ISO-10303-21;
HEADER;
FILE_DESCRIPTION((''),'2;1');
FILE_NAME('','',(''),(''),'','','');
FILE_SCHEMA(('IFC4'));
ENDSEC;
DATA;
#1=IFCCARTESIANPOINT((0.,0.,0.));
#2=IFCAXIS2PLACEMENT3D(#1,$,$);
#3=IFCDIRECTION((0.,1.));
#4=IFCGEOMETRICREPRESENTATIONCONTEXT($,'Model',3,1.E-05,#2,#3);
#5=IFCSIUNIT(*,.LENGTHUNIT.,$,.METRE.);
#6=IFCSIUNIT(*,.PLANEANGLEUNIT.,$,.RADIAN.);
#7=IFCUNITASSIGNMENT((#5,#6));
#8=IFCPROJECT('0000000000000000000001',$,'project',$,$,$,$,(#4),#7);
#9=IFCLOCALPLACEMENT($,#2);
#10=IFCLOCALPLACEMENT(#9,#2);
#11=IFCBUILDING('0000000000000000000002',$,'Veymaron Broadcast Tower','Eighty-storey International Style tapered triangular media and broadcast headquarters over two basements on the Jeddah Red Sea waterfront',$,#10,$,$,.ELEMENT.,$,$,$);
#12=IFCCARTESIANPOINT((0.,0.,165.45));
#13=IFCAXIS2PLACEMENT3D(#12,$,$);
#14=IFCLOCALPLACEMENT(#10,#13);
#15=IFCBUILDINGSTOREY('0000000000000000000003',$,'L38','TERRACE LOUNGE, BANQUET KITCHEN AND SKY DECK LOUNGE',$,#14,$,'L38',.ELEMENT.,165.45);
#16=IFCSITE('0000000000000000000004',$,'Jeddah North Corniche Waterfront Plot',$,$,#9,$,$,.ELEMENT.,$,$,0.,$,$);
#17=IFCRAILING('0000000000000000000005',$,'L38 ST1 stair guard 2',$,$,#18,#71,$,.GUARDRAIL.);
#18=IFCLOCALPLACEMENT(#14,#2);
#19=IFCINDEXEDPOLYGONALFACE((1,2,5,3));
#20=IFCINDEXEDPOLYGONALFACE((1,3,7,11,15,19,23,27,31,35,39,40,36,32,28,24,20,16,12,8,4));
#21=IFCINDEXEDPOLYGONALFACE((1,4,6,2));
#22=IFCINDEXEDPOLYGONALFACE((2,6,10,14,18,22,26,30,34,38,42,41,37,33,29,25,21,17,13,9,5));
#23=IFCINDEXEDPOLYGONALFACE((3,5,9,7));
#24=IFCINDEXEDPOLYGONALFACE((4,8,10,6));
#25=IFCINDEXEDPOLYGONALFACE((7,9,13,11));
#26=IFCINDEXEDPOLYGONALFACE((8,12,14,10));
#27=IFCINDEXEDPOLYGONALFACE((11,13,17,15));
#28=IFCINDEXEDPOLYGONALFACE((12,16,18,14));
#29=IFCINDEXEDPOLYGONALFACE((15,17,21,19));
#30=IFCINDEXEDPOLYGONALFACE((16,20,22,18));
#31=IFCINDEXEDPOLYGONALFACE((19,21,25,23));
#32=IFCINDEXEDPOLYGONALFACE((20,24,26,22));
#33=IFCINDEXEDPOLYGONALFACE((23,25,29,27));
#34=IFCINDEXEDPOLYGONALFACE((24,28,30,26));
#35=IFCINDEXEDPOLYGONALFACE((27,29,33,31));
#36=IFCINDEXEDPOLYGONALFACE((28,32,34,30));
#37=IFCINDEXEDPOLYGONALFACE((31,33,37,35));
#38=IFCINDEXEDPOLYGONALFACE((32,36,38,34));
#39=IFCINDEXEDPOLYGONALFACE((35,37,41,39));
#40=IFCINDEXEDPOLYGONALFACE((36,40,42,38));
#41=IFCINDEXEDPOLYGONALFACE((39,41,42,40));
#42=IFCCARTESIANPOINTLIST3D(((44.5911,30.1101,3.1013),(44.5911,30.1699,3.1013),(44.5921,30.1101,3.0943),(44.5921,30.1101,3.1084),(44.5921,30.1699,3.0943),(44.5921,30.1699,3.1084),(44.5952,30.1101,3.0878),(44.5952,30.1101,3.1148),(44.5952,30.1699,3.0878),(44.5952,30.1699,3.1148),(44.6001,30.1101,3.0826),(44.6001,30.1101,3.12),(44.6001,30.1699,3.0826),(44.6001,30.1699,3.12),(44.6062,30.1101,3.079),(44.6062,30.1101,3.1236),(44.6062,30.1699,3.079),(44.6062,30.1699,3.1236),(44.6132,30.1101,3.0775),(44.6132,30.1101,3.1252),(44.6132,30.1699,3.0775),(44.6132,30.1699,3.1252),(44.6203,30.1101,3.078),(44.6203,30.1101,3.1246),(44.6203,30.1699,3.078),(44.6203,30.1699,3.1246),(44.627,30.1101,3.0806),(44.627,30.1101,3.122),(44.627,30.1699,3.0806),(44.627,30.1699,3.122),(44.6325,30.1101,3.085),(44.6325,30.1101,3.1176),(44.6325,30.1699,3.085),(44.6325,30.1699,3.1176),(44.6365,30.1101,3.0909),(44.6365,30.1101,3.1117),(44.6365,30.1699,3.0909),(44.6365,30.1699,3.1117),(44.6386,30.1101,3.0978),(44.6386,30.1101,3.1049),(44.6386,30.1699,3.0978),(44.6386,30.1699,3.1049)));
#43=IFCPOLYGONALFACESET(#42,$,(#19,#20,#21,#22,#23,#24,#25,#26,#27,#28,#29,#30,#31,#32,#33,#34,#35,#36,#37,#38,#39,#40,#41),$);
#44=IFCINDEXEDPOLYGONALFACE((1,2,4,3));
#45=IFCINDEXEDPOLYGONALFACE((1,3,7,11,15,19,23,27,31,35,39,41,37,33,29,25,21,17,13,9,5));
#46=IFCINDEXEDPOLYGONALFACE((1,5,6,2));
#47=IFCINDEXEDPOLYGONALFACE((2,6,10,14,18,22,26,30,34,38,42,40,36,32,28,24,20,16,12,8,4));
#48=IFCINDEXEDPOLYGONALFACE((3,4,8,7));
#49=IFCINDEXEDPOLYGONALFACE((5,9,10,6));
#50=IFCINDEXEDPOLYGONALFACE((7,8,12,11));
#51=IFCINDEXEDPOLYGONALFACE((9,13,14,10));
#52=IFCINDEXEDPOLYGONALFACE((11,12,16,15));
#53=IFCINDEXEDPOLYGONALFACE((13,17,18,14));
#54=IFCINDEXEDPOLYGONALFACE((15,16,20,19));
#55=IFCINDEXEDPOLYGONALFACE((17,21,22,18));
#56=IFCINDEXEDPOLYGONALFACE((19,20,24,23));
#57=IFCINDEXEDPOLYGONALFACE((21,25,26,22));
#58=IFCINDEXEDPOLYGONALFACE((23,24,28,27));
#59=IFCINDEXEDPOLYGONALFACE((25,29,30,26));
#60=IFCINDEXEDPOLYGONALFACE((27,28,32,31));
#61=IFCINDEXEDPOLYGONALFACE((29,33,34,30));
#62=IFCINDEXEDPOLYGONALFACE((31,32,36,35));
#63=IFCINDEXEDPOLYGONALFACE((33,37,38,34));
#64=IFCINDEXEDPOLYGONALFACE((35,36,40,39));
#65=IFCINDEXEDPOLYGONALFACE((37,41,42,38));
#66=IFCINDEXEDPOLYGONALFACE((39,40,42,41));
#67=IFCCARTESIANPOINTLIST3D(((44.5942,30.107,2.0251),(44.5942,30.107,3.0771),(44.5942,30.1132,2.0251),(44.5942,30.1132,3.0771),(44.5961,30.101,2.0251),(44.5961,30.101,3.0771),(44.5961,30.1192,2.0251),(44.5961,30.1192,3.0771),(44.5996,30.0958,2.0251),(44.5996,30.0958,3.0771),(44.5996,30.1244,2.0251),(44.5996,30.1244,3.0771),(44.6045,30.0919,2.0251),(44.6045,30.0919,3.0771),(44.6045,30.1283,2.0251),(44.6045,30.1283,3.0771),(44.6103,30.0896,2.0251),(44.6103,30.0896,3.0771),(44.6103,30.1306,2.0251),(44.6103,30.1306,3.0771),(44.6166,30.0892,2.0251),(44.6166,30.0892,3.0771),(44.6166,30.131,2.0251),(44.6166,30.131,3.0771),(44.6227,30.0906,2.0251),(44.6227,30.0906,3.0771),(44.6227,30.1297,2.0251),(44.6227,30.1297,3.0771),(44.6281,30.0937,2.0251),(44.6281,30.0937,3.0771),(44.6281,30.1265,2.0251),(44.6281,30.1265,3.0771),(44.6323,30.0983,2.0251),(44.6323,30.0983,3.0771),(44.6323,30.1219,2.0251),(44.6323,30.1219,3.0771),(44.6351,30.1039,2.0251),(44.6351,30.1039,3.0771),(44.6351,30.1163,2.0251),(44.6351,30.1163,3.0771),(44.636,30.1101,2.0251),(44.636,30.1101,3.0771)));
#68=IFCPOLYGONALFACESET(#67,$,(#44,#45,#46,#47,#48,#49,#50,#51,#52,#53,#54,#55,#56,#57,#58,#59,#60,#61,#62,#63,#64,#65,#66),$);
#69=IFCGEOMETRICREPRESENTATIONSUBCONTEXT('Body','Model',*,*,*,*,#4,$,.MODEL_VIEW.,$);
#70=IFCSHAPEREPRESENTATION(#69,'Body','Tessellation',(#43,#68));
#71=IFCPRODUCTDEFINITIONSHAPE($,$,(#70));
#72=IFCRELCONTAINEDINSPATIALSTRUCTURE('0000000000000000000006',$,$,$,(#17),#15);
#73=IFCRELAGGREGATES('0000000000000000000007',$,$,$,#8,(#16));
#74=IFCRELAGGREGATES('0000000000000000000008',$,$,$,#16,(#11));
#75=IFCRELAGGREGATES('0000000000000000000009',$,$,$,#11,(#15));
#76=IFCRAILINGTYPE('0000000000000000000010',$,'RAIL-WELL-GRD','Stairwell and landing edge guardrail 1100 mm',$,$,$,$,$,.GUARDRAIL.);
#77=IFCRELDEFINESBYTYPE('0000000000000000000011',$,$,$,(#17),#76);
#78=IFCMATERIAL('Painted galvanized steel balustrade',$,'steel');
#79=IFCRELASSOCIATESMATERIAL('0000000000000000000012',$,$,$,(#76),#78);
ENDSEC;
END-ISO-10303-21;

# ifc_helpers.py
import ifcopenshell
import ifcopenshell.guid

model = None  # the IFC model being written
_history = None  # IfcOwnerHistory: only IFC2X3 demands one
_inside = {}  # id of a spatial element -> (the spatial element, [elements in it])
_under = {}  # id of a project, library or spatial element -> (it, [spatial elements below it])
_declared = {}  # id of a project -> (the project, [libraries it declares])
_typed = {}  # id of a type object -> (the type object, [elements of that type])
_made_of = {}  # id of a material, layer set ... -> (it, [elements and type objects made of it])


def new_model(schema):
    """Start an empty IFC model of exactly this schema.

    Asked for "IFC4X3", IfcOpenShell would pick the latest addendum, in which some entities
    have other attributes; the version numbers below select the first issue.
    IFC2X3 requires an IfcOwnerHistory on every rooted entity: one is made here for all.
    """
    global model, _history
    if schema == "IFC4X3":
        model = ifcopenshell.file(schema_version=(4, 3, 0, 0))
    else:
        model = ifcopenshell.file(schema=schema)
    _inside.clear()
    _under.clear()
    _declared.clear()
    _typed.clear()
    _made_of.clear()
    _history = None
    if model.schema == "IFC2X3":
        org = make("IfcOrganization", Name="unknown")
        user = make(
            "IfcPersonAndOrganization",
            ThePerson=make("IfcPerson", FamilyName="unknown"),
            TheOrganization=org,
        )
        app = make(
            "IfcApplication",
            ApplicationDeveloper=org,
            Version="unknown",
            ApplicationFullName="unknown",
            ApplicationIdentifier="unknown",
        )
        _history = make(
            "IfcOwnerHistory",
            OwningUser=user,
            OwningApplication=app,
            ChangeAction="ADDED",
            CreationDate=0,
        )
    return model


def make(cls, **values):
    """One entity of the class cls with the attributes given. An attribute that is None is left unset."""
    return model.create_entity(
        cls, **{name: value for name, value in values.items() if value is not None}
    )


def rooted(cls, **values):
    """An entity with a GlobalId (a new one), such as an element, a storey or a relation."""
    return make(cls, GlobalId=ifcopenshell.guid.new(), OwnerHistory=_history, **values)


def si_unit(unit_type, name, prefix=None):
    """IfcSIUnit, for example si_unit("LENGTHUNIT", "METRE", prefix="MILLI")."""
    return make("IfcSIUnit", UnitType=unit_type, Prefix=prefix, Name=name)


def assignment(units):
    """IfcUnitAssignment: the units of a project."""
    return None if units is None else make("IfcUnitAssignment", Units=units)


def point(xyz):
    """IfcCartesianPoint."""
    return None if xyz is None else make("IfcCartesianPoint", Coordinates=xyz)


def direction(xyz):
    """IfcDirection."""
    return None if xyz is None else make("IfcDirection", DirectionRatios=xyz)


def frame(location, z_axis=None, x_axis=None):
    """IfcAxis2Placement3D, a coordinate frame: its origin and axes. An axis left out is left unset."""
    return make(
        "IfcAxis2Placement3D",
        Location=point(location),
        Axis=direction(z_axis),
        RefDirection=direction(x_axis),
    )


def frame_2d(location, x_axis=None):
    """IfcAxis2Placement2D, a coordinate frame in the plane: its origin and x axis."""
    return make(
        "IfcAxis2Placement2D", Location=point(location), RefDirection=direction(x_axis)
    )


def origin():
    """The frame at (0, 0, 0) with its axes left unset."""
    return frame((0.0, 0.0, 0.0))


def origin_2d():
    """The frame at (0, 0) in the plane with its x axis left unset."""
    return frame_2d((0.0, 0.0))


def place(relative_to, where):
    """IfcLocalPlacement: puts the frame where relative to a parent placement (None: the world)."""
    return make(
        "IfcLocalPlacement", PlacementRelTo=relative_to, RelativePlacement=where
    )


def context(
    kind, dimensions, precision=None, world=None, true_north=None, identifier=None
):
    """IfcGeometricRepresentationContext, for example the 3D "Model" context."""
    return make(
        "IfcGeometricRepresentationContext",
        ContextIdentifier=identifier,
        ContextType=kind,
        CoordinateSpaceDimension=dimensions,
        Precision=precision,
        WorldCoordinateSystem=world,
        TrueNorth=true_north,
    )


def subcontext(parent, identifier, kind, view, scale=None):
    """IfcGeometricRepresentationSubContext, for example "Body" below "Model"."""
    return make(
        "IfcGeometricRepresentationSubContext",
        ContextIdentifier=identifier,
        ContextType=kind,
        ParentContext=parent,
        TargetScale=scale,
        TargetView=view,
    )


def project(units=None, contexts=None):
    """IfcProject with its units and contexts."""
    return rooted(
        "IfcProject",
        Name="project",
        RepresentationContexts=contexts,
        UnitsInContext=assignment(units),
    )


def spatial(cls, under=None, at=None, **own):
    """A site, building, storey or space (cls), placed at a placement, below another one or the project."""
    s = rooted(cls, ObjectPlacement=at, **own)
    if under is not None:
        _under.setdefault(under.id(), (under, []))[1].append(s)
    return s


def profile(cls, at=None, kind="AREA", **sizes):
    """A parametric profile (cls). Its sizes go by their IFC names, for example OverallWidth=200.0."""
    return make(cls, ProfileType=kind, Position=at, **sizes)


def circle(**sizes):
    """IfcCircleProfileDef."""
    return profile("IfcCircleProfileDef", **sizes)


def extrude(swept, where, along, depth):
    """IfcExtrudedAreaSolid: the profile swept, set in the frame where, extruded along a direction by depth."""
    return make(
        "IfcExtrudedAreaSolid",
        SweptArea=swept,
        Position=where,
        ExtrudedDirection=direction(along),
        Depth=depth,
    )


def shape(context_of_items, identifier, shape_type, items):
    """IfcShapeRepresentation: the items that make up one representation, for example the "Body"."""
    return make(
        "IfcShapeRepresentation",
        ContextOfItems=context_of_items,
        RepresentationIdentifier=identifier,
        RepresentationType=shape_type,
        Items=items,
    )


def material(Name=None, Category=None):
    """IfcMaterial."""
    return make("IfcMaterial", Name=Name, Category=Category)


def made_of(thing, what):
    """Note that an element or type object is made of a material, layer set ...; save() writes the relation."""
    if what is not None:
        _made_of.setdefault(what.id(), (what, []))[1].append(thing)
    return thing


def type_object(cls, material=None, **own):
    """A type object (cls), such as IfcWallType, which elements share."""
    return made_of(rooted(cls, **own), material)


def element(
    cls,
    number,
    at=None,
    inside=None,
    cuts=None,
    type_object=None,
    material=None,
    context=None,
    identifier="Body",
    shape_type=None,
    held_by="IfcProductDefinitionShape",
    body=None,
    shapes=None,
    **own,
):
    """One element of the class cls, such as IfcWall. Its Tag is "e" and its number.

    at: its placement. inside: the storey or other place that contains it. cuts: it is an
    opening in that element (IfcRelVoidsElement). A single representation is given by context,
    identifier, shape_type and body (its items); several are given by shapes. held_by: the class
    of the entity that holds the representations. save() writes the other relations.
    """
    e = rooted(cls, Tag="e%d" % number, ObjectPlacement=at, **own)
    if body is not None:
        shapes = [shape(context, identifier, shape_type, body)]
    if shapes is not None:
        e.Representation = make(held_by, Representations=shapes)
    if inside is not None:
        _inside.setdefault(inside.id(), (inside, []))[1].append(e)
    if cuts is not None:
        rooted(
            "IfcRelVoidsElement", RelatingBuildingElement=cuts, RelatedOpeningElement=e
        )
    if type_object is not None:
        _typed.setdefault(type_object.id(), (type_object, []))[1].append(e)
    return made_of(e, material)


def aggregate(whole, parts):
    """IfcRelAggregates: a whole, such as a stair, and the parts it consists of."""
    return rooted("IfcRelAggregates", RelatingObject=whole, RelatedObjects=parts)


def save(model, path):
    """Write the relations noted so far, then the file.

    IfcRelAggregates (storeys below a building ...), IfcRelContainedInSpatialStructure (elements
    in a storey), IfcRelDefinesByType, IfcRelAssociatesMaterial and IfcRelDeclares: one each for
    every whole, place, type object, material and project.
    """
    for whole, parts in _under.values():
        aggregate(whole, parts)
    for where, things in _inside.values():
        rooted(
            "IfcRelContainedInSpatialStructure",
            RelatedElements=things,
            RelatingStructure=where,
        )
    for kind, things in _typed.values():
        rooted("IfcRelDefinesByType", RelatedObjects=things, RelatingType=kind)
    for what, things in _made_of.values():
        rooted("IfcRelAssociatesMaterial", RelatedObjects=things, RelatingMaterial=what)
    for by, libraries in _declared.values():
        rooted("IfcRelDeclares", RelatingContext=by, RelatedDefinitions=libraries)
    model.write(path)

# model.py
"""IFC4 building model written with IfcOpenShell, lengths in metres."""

from ifc_helpers import new_model, si_unit, direction, frame, origin, origin_2d, place, context, subcontext, project, spatial, circle, extrude, material, type_object, element, save


model = new_model("IFC4")

# Units and contexts
model_context = context("Model", 3, precision=1e-05, world=origin(), true_north=direction((0.0, 1.0)))
body_context = subcontext(model_context, "Body", "Model", "MODEL_VIEW")
ifc_project = project(units=[si_unit("LENGTHUNIT", "METRE"), si_unit("PLANEANGLEUNIT", "RADIAN")], contexts=[model_context])

# Site, building, storey
site_placement = place(None, origin())
site = spatial("IfcSite", under=ifc_project, at=site_placement, Name="Jeddah North Corniche Waterfront Plot", CompositionType="ELEMENT", RefElevation=0.0)
building_placement = place(site_placement, origin())
building = spatial("IfcBuilding", under=site, at=building_placement, Name="Veymaron Broadcast Tower", Description="Eighty-storey International Style tapered triangular media and broadcast headquarters over two basements on the Jeddah Red Sea waterfront", CompositionType="ELEMENT")
storey_placement = place(building_placement, frame((0.0, 0.0, 165.45)))
storey = spatial("IfcBuildingStorey", under=building, at=storey_placement, Name="L38", Description="TERRACE LOUNGE, BANQUET KITCHEN AND SKY DECK LOUNGE", LongName="L38", CompositionType="ELEMENT", Elevation=165.45)

# Railing
ifc_material_1 = material(Name="Painted galvanized steel balustrade", Category="steel")
railing_type_1 = type_object("IfcRailingType", Name="RAIL-WELL-GRD", Description="Stairwell and landing edge guardrail 1100 mm", PredefinedType="GUARDRAIL", material=ifc_material_1)
railing_1_placement = place(storey_placement, frame((44.615, 30.1101, 2.0251)))
element("IfcRailing", 1, at=railing_1_placement, inside=storey, type_object=railing_type_1, Name="L38 ST1 stair guard 2", PredefinedType="GUARDRAIL", context=body_context, shape_type="SweptSolid", body=[
    extrude(circle(Radius=0.0239, at=origin_2d()), frame((0.0, 0.0, 1.0762), z_axis=(0.0, 1.0, 0.0), x_axis=(-1.0, 0.0, 0.0)), (0.0, 0.0, 1.0), 0.0598),
    extrude(circle(Radius=0.021, at=origin_2d()), origin(), (0.0, 0.0, 1.0), 1.052),
])

save(model, "model.ifc")
